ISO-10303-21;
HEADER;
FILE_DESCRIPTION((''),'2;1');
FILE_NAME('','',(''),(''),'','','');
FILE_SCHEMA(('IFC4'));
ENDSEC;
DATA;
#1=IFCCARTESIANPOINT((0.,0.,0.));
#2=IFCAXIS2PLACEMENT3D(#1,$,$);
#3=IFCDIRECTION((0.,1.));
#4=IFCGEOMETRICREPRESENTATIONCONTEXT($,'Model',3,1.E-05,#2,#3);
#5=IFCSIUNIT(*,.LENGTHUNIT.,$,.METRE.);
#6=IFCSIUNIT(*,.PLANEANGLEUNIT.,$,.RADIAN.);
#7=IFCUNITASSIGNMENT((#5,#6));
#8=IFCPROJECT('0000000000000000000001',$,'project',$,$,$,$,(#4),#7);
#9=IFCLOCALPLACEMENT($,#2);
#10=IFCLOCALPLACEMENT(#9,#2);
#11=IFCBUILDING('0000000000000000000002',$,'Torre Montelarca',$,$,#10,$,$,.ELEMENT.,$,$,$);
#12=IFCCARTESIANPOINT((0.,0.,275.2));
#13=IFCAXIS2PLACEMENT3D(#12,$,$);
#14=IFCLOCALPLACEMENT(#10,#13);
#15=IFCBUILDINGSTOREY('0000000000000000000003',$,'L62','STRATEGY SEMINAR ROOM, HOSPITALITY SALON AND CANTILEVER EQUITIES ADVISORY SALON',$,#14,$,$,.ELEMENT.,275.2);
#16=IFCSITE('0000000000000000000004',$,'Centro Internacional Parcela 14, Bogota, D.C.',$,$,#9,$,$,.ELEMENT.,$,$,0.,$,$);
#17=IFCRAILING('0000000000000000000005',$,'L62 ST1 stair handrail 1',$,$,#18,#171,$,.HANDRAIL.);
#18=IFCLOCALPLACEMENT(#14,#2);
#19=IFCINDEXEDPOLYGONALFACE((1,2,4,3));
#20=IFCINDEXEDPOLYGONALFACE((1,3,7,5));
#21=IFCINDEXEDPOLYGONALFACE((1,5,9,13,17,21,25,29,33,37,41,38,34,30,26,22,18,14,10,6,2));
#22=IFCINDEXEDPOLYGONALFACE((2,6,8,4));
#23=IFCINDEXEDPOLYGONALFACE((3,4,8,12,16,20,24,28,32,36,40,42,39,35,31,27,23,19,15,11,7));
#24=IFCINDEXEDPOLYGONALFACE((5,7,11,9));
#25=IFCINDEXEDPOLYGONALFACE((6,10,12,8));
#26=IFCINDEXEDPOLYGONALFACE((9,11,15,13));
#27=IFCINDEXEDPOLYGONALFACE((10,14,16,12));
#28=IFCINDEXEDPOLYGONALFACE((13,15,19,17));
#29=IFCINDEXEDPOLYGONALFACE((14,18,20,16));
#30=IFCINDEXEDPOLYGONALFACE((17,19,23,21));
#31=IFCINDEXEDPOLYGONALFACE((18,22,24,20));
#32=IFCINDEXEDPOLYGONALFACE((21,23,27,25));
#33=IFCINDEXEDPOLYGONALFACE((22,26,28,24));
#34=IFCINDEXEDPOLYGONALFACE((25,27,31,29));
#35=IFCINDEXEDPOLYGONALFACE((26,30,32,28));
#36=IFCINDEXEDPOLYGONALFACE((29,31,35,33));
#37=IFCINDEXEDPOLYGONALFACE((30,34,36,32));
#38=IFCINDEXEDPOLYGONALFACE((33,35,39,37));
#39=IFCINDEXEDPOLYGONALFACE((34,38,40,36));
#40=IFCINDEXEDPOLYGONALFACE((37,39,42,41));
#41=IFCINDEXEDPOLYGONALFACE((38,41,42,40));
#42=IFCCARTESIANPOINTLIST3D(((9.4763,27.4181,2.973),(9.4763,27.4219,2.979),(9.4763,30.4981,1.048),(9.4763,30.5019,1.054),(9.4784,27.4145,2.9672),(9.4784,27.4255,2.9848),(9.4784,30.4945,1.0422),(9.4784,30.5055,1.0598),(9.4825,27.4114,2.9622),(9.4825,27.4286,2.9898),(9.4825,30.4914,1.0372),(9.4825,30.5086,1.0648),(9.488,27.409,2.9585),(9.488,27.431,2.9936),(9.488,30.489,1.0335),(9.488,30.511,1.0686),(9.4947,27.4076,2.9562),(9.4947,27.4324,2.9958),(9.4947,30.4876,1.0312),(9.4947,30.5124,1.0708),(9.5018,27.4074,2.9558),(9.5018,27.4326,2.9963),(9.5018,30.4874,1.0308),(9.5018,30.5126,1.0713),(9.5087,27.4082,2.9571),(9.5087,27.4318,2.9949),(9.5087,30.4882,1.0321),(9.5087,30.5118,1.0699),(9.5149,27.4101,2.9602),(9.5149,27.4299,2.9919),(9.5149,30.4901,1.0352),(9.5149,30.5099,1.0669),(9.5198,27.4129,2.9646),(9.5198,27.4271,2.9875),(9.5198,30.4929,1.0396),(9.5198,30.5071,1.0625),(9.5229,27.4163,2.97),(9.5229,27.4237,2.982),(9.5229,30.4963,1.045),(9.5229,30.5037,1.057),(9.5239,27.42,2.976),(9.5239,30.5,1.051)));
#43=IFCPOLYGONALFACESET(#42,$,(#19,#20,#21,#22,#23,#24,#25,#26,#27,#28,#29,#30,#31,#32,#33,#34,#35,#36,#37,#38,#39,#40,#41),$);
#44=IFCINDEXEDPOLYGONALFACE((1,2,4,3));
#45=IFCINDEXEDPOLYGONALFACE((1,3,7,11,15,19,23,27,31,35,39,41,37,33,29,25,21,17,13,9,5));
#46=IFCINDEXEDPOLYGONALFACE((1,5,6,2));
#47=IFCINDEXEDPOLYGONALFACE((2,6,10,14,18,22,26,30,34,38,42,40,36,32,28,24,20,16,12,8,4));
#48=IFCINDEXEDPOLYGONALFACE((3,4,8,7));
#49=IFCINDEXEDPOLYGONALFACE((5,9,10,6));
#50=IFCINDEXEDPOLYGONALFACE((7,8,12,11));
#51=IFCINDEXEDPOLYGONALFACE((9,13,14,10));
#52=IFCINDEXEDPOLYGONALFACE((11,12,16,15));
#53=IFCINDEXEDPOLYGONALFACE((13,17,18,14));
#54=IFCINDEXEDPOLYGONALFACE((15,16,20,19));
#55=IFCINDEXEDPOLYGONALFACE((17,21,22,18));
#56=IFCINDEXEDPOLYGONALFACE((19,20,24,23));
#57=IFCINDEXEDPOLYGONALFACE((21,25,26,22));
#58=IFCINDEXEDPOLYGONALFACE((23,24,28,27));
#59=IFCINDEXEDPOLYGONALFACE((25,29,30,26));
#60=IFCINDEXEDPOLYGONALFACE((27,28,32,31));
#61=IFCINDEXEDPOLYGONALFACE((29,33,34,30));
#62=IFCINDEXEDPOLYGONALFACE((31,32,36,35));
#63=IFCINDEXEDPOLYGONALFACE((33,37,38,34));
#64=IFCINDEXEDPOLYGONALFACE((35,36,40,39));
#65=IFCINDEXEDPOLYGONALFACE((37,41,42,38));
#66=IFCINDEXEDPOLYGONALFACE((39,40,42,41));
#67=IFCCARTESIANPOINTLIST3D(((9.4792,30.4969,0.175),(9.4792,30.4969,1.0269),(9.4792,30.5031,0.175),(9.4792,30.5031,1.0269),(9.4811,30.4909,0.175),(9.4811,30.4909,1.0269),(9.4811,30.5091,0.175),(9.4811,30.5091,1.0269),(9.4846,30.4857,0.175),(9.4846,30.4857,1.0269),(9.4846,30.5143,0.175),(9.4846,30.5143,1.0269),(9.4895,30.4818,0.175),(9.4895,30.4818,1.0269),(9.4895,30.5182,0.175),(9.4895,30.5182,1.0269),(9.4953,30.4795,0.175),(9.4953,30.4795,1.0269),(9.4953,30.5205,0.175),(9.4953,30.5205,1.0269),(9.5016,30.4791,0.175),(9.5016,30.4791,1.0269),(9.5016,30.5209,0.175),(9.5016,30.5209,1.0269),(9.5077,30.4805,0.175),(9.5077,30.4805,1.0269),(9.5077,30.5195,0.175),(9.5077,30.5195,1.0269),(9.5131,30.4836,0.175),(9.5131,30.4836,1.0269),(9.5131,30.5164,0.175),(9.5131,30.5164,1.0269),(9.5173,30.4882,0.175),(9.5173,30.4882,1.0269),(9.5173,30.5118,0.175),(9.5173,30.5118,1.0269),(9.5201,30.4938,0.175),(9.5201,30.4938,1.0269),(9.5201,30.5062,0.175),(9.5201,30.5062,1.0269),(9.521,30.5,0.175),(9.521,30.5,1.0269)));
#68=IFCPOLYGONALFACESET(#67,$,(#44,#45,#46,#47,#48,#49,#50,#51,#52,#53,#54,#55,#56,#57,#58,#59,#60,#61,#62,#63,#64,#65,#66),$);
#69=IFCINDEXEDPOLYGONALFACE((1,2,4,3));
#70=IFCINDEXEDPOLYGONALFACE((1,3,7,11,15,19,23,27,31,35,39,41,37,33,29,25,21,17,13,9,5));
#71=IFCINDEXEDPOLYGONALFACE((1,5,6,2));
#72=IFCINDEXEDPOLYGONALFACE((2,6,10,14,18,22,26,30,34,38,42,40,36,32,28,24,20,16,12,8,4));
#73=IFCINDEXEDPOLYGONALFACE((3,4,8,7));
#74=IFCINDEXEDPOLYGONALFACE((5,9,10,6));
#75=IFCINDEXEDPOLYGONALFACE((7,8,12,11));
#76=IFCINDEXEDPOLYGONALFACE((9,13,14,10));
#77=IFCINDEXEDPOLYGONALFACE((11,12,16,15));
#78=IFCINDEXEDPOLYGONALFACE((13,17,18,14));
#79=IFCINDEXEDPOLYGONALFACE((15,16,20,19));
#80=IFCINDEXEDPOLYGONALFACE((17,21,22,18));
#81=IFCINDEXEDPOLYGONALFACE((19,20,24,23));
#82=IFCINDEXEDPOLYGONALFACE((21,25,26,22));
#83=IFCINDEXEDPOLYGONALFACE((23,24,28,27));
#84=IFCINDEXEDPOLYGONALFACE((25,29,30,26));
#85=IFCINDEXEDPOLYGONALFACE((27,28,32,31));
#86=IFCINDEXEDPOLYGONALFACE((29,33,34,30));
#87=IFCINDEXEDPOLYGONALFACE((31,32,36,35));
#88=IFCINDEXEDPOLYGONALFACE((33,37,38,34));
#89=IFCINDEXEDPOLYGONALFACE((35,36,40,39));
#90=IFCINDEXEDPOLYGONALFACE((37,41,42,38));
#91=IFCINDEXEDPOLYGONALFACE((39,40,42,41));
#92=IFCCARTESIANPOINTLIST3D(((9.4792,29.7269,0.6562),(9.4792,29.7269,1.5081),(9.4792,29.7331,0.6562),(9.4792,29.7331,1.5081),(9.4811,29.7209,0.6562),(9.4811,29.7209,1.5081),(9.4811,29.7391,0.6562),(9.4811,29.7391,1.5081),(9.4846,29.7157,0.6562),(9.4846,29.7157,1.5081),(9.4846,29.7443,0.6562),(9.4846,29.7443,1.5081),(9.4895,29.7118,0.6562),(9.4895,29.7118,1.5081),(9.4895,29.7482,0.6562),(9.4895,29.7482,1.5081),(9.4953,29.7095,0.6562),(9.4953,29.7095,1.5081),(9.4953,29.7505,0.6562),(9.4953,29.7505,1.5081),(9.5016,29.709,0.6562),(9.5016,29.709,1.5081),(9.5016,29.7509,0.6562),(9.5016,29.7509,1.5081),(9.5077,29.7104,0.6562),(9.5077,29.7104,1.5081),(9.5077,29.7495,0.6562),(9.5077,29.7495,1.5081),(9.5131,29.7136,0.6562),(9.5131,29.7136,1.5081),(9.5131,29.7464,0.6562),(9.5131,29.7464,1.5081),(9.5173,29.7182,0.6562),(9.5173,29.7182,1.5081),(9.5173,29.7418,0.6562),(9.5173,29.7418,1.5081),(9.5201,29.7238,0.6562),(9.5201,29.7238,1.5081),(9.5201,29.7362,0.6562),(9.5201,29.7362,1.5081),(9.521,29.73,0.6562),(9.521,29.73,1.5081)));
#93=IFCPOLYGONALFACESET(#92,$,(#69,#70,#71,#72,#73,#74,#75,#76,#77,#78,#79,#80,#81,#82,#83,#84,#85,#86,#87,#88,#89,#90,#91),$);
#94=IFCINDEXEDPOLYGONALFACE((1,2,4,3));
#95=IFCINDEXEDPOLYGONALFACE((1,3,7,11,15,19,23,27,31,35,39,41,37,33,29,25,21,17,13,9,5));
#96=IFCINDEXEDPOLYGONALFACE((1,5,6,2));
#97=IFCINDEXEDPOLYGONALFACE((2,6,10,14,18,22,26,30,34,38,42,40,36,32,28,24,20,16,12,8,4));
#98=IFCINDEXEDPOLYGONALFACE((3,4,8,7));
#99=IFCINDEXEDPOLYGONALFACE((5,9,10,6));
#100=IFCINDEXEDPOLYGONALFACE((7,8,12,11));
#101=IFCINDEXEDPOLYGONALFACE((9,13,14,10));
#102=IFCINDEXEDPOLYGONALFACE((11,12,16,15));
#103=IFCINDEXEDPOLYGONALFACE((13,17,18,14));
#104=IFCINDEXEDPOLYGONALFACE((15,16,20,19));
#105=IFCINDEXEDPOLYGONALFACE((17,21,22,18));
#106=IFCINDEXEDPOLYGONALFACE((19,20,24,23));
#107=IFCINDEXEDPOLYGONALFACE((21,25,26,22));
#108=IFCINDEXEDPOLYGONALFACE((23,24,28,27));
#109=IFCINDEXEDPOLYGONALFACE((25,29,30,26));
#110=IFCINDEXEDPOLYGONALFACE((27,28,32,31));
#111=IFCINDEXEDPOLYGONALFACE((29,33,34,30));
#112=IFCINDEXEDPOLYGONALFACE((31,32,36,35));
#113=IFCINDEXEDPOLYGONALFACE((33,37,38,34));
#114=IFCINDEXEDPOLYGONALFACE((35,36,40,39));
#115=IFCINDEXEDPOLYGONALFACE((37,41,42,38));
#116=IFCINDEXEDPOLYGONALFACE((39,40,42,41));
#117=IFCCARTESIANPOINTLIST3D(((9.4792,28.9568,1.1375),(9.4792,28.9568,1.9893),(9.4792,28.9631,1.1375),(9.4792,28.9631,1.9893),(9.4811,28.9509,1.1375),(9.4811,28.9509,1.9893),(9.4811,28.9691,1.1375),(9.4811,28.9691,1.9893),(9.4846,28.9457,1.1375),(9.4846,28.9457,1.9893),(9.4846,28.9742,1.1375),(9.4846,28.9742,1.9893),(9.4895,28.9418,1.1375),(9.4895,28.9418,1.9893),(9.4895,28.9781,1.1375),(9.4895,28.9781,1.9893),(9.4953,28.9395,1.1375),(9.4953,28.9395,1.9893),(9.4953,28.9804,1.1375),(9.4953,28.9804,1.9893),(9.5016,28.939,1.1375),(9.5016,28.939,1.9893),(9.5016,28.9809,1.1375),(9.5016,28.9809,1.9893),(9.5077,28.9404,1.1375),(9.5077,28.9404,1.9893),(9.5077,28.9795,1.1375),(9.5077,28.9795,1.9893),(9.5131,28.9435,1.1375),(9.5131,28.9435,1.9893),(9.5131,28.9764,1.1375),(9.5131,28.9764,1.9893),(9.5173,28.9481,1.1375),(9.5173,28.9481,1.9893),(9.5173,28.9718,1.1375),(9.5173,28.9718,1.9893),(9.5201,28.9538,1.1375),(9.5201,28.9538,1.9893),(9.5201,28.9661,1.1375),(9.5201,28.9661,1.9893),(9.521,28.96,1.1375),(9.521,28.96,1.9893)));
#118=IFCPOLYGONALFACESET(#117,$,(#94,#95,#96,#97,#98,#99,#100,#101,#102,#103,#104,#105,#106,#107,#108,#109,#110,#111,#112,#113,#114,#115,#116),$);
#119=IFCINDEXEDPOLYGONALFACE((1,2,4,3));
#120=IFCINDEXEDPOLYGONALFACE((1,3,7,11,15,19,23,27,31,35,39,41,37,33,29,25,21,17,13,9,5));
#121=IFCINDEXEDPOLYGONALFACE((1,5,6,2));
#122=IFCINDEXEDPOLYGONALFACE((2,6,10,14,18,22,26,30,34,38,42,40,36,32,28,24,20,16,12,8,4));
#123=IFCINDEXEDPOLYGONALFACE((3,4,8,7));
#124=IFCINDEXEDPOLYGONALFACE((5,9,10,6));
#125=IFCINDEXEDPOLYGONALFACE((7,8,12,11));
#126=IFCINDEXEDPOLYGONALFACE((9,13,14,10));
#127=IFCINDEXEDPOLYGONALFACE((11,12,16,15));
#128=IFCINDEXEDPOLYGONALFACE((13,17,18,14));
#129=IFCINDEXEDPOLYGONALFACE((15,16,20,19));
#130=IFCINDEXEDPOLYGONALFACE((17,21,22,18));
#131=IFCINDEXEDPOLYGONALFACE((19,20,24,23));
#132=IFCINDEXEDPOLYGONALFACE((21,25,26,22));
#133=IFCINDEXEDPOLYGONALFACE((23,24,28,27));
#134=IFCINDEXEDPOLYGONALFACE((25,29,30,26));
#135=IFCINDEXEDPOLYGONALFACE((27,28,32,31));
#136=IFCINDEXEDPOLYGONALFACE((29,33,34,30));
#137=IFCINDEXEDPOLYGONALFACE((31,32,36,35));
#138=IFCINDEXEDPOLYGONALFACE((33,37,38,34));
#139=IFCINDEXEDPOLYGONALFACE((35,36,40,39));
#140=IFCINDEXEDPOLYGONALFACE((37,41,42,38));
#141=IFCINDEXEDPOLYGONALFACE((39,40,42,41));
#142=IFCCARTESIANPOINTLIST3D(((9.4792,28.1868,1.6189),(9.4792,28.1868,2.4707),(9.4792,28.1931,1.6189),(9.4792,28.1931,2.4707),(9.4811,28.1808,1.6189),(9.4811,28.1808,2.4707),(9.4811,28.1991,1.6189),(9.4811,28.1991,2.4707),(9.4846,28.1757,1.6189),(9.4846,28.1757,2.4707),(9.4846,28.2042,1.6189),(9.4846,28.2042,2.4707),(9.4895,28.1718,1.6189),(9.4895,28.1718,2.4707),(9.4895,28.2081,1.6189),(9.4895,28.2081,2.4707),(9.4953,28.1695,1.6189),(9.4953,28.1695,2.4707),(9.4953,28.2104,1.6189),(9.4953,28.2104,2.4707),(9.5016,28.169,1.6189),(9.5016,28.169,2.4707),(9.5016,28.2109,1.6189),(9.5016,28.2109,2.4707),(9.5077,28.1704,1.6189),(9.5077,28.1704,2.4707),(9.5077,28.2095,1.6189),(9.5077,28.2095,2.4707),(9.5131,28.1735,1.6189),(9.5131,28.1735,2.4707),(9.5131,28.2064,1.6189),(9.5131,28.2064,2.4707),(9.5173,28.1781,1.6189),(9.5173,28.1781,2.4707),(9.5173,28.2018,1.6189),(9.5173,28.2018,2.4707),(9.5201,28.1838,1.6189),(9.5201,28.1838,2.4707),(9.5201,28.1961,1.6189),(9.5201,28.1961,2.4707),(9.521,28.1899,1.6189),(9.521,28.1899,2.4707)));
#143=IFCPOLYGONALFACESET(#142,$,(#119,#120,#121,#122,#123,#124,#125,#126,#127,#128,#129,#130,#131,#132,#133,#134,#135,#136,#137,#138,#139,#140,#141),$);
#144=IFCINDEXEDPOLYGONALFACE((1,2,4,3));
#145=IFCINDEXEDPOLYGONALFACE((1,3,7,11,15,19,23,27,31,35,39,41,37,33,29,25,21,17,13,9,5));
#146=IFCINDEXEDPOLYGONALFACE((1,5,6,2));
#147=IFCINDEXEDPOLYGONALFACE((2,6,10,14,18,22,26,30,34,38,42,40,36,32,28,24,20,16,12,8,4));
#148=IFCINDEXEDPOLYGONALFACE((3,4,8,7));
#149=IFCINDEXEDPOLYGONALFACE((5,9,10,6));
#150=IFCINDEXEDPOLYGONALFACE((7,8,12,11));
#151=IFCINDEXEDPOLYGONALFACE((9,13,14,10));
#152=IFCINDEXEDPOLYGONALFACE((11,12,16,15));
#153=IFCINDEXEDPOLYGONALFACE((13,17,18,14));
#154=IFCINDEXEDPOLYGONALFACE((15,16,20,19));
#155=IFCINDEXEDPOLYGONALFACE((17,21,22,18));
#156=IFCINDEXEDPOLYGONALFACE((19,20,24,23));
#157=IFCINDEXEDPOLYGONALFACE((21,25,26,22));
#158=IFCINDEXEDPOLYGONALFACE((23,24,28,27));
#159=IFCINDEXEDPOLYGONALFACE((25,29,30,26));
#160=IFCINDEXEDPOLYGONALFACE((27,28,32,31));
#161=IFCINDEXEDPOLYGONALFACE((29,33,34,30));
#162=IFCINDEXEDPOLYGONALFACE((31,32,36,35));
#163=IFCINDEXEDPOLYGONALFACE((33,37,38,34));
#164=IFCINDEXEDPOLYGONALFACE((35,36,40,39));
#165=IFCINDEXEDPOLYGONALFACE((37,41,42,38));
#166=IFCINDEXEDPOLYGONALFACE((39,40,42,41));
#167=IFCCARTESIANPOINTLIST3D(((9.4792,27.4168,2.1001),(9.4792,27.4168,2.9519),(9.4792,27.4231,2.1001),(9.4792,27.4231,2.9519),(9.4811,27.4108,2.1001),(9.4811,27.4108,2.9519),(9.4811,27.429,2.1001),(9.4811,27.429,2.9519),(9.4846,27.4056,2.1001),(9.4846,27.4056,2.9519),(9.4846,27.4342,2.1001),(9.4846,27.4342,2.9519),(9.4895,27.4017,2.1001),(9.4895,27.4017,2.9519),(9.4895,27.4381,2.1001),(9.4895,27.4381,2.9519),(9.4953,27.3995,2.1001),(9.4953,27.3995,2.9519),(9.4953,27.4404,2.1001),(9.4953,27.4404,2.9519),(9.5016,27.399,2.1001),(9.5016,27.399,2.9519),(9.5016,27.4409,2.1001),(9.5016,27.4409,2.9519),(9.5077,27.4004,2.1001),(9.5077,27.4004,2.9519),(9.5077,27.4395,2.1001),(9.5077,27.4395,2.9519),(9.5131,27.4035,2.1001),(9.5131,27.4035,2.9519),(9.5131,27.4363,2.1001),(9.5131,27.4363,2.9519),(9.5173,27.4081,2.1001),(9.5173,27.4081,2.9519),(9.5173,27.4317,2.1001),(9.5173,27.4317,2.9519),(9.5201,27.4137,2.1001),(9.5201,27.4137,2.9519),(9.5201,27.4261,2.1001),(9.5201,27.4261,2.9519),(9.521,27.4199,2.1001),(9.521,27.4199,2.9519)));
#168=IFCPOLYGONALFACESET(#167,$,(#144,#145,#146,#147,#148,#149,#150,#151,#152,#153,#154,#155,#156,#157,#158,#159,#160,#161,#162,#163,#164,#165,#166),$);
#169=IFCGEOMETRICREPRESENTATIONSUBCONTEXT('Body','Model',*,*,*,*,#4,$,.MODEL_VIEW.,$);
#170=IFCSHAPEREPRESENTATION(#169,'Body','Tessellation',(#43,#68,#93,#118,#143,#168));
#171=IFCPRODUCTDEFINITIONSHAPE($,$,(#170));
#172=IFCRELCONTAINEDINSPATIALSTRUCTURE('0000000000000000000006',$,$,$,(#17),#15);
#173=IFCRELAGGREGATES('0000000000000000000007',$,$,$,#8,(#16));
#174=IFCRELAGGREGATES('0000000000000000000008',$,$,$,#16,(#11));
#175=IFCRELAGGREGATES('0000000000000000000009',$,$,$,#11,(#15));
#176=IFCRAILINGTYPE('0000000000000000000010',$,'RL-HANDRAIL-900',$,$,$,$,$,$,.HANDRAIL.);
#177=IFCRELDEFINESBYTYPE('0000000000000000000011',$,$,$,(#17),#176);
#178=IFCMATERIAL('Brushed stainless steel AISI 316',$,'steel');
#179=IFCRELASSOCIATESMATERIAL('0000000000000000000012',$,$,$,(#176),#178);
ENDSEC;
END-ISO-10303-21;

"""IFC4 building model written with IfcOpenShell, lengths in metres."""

from ifc_helpers import new_model, si_unit, direction, frame, origin, origin_2d, place, context, subcontext, project, spatial, circle, extrude, material, type_object, element, save


model = new_model("IFC4")

# Units and contexts
model_context = context("Model", 3, precision=1e-05, world=origin(), true_north=direction((0.0, 1.0)))
body_context = subcontext(model_context, "Body", "Model", "MODEL_VIEW")
ifc_project = project(units=[si_unit("LENGTHUNIT", "METRE"), si_unit("PLANEANGLEUNIT", "RADIAN")], contexts=[model_context])

# Site, building, storey
site_placement = place(None, origin())
site = spatial("IfcSite", under=ifc_project, at=site_placement, Name="Centro Internacional Parcela 14, Bogota, D.C.", CompositionType="ELEMENT", RefElevation=0.0)
building_placement = place(site_placement, origin())
building = spatial("IfcBuilding", under=site, at=building_placement, Name="Torre Montelarca", CompositionType="ELEMENT")
storey_placement = place(building_placement, frame((0.0, 0.0, 275.2)))
storey = spatial("IfcBuildingStorey", under=building, at=storey_placement, Name="L62", Description="STRATEGY SEMINAR ROOM, HOSPITALITY SALON AND CANTILEVER EQUITIES ADVISORY SALON", CompositionType="ELEMENT", Elevation=275.2)

# Shared definitions
ifc_material_1 = material(Name="Brushed stainless steel AISI 316", Category="steel")

# Railing
railing_type_1 = type_object("IfcRailingType", Name="RL-HANDRAIL-900", PredefinedType="HANDRAIL", material=ifc_material_1)
railing_1_placement = place(storey_placement, frame((9.5, 30.5, 0.175)))
element("IfcRailing", 1, at=railing_1_placement, inside=storey, type_object=railing_type_1, Name="L62 ST1 stair handrail 1", PredefinedType="HANDRAIL", context=body_context, shape_type="SweptSolid", body=[
    extrude(circle(Radius=0.0239, at=origin_2d()), frame((0.0, 0.0, 0.876), z_axis=(0.0, -0.847998, 0.529999), x_axis=(1.0, 0.0, 0.0)), (0.0, 0.0, 1.0), 3.6321),
    extrude(circle(Radius=0.021, at=origin_2d()), origin(), (0.0, 0.0, 1.0), 0.8518),
    extrude(circle(Radius=0.021, at=origin_2d()), frame((0.0, -0.77, 0.4812)), (0.0, 0.0, 1.0), 0.8518),
    extrude(circle(Radius=0.021, at=origin_2d()), frame((0.0, -1.54, 0.9624)), (0.0, 0.0, 1.0), 0.8518),
    extrude(circle(Radius=0.021, at=origin_2d()), frame((0.0, -2.3101, 1.4438)), (0.0, 0.0, 1.0), 0.8518),
    extrude(circle(Radius=0.021, at=origin_2d()), frame((0.0, -3.0801, 1.925)), (0.0, 0.0, 1.0), 0.8518),
])

save(model, "model.ifc")
